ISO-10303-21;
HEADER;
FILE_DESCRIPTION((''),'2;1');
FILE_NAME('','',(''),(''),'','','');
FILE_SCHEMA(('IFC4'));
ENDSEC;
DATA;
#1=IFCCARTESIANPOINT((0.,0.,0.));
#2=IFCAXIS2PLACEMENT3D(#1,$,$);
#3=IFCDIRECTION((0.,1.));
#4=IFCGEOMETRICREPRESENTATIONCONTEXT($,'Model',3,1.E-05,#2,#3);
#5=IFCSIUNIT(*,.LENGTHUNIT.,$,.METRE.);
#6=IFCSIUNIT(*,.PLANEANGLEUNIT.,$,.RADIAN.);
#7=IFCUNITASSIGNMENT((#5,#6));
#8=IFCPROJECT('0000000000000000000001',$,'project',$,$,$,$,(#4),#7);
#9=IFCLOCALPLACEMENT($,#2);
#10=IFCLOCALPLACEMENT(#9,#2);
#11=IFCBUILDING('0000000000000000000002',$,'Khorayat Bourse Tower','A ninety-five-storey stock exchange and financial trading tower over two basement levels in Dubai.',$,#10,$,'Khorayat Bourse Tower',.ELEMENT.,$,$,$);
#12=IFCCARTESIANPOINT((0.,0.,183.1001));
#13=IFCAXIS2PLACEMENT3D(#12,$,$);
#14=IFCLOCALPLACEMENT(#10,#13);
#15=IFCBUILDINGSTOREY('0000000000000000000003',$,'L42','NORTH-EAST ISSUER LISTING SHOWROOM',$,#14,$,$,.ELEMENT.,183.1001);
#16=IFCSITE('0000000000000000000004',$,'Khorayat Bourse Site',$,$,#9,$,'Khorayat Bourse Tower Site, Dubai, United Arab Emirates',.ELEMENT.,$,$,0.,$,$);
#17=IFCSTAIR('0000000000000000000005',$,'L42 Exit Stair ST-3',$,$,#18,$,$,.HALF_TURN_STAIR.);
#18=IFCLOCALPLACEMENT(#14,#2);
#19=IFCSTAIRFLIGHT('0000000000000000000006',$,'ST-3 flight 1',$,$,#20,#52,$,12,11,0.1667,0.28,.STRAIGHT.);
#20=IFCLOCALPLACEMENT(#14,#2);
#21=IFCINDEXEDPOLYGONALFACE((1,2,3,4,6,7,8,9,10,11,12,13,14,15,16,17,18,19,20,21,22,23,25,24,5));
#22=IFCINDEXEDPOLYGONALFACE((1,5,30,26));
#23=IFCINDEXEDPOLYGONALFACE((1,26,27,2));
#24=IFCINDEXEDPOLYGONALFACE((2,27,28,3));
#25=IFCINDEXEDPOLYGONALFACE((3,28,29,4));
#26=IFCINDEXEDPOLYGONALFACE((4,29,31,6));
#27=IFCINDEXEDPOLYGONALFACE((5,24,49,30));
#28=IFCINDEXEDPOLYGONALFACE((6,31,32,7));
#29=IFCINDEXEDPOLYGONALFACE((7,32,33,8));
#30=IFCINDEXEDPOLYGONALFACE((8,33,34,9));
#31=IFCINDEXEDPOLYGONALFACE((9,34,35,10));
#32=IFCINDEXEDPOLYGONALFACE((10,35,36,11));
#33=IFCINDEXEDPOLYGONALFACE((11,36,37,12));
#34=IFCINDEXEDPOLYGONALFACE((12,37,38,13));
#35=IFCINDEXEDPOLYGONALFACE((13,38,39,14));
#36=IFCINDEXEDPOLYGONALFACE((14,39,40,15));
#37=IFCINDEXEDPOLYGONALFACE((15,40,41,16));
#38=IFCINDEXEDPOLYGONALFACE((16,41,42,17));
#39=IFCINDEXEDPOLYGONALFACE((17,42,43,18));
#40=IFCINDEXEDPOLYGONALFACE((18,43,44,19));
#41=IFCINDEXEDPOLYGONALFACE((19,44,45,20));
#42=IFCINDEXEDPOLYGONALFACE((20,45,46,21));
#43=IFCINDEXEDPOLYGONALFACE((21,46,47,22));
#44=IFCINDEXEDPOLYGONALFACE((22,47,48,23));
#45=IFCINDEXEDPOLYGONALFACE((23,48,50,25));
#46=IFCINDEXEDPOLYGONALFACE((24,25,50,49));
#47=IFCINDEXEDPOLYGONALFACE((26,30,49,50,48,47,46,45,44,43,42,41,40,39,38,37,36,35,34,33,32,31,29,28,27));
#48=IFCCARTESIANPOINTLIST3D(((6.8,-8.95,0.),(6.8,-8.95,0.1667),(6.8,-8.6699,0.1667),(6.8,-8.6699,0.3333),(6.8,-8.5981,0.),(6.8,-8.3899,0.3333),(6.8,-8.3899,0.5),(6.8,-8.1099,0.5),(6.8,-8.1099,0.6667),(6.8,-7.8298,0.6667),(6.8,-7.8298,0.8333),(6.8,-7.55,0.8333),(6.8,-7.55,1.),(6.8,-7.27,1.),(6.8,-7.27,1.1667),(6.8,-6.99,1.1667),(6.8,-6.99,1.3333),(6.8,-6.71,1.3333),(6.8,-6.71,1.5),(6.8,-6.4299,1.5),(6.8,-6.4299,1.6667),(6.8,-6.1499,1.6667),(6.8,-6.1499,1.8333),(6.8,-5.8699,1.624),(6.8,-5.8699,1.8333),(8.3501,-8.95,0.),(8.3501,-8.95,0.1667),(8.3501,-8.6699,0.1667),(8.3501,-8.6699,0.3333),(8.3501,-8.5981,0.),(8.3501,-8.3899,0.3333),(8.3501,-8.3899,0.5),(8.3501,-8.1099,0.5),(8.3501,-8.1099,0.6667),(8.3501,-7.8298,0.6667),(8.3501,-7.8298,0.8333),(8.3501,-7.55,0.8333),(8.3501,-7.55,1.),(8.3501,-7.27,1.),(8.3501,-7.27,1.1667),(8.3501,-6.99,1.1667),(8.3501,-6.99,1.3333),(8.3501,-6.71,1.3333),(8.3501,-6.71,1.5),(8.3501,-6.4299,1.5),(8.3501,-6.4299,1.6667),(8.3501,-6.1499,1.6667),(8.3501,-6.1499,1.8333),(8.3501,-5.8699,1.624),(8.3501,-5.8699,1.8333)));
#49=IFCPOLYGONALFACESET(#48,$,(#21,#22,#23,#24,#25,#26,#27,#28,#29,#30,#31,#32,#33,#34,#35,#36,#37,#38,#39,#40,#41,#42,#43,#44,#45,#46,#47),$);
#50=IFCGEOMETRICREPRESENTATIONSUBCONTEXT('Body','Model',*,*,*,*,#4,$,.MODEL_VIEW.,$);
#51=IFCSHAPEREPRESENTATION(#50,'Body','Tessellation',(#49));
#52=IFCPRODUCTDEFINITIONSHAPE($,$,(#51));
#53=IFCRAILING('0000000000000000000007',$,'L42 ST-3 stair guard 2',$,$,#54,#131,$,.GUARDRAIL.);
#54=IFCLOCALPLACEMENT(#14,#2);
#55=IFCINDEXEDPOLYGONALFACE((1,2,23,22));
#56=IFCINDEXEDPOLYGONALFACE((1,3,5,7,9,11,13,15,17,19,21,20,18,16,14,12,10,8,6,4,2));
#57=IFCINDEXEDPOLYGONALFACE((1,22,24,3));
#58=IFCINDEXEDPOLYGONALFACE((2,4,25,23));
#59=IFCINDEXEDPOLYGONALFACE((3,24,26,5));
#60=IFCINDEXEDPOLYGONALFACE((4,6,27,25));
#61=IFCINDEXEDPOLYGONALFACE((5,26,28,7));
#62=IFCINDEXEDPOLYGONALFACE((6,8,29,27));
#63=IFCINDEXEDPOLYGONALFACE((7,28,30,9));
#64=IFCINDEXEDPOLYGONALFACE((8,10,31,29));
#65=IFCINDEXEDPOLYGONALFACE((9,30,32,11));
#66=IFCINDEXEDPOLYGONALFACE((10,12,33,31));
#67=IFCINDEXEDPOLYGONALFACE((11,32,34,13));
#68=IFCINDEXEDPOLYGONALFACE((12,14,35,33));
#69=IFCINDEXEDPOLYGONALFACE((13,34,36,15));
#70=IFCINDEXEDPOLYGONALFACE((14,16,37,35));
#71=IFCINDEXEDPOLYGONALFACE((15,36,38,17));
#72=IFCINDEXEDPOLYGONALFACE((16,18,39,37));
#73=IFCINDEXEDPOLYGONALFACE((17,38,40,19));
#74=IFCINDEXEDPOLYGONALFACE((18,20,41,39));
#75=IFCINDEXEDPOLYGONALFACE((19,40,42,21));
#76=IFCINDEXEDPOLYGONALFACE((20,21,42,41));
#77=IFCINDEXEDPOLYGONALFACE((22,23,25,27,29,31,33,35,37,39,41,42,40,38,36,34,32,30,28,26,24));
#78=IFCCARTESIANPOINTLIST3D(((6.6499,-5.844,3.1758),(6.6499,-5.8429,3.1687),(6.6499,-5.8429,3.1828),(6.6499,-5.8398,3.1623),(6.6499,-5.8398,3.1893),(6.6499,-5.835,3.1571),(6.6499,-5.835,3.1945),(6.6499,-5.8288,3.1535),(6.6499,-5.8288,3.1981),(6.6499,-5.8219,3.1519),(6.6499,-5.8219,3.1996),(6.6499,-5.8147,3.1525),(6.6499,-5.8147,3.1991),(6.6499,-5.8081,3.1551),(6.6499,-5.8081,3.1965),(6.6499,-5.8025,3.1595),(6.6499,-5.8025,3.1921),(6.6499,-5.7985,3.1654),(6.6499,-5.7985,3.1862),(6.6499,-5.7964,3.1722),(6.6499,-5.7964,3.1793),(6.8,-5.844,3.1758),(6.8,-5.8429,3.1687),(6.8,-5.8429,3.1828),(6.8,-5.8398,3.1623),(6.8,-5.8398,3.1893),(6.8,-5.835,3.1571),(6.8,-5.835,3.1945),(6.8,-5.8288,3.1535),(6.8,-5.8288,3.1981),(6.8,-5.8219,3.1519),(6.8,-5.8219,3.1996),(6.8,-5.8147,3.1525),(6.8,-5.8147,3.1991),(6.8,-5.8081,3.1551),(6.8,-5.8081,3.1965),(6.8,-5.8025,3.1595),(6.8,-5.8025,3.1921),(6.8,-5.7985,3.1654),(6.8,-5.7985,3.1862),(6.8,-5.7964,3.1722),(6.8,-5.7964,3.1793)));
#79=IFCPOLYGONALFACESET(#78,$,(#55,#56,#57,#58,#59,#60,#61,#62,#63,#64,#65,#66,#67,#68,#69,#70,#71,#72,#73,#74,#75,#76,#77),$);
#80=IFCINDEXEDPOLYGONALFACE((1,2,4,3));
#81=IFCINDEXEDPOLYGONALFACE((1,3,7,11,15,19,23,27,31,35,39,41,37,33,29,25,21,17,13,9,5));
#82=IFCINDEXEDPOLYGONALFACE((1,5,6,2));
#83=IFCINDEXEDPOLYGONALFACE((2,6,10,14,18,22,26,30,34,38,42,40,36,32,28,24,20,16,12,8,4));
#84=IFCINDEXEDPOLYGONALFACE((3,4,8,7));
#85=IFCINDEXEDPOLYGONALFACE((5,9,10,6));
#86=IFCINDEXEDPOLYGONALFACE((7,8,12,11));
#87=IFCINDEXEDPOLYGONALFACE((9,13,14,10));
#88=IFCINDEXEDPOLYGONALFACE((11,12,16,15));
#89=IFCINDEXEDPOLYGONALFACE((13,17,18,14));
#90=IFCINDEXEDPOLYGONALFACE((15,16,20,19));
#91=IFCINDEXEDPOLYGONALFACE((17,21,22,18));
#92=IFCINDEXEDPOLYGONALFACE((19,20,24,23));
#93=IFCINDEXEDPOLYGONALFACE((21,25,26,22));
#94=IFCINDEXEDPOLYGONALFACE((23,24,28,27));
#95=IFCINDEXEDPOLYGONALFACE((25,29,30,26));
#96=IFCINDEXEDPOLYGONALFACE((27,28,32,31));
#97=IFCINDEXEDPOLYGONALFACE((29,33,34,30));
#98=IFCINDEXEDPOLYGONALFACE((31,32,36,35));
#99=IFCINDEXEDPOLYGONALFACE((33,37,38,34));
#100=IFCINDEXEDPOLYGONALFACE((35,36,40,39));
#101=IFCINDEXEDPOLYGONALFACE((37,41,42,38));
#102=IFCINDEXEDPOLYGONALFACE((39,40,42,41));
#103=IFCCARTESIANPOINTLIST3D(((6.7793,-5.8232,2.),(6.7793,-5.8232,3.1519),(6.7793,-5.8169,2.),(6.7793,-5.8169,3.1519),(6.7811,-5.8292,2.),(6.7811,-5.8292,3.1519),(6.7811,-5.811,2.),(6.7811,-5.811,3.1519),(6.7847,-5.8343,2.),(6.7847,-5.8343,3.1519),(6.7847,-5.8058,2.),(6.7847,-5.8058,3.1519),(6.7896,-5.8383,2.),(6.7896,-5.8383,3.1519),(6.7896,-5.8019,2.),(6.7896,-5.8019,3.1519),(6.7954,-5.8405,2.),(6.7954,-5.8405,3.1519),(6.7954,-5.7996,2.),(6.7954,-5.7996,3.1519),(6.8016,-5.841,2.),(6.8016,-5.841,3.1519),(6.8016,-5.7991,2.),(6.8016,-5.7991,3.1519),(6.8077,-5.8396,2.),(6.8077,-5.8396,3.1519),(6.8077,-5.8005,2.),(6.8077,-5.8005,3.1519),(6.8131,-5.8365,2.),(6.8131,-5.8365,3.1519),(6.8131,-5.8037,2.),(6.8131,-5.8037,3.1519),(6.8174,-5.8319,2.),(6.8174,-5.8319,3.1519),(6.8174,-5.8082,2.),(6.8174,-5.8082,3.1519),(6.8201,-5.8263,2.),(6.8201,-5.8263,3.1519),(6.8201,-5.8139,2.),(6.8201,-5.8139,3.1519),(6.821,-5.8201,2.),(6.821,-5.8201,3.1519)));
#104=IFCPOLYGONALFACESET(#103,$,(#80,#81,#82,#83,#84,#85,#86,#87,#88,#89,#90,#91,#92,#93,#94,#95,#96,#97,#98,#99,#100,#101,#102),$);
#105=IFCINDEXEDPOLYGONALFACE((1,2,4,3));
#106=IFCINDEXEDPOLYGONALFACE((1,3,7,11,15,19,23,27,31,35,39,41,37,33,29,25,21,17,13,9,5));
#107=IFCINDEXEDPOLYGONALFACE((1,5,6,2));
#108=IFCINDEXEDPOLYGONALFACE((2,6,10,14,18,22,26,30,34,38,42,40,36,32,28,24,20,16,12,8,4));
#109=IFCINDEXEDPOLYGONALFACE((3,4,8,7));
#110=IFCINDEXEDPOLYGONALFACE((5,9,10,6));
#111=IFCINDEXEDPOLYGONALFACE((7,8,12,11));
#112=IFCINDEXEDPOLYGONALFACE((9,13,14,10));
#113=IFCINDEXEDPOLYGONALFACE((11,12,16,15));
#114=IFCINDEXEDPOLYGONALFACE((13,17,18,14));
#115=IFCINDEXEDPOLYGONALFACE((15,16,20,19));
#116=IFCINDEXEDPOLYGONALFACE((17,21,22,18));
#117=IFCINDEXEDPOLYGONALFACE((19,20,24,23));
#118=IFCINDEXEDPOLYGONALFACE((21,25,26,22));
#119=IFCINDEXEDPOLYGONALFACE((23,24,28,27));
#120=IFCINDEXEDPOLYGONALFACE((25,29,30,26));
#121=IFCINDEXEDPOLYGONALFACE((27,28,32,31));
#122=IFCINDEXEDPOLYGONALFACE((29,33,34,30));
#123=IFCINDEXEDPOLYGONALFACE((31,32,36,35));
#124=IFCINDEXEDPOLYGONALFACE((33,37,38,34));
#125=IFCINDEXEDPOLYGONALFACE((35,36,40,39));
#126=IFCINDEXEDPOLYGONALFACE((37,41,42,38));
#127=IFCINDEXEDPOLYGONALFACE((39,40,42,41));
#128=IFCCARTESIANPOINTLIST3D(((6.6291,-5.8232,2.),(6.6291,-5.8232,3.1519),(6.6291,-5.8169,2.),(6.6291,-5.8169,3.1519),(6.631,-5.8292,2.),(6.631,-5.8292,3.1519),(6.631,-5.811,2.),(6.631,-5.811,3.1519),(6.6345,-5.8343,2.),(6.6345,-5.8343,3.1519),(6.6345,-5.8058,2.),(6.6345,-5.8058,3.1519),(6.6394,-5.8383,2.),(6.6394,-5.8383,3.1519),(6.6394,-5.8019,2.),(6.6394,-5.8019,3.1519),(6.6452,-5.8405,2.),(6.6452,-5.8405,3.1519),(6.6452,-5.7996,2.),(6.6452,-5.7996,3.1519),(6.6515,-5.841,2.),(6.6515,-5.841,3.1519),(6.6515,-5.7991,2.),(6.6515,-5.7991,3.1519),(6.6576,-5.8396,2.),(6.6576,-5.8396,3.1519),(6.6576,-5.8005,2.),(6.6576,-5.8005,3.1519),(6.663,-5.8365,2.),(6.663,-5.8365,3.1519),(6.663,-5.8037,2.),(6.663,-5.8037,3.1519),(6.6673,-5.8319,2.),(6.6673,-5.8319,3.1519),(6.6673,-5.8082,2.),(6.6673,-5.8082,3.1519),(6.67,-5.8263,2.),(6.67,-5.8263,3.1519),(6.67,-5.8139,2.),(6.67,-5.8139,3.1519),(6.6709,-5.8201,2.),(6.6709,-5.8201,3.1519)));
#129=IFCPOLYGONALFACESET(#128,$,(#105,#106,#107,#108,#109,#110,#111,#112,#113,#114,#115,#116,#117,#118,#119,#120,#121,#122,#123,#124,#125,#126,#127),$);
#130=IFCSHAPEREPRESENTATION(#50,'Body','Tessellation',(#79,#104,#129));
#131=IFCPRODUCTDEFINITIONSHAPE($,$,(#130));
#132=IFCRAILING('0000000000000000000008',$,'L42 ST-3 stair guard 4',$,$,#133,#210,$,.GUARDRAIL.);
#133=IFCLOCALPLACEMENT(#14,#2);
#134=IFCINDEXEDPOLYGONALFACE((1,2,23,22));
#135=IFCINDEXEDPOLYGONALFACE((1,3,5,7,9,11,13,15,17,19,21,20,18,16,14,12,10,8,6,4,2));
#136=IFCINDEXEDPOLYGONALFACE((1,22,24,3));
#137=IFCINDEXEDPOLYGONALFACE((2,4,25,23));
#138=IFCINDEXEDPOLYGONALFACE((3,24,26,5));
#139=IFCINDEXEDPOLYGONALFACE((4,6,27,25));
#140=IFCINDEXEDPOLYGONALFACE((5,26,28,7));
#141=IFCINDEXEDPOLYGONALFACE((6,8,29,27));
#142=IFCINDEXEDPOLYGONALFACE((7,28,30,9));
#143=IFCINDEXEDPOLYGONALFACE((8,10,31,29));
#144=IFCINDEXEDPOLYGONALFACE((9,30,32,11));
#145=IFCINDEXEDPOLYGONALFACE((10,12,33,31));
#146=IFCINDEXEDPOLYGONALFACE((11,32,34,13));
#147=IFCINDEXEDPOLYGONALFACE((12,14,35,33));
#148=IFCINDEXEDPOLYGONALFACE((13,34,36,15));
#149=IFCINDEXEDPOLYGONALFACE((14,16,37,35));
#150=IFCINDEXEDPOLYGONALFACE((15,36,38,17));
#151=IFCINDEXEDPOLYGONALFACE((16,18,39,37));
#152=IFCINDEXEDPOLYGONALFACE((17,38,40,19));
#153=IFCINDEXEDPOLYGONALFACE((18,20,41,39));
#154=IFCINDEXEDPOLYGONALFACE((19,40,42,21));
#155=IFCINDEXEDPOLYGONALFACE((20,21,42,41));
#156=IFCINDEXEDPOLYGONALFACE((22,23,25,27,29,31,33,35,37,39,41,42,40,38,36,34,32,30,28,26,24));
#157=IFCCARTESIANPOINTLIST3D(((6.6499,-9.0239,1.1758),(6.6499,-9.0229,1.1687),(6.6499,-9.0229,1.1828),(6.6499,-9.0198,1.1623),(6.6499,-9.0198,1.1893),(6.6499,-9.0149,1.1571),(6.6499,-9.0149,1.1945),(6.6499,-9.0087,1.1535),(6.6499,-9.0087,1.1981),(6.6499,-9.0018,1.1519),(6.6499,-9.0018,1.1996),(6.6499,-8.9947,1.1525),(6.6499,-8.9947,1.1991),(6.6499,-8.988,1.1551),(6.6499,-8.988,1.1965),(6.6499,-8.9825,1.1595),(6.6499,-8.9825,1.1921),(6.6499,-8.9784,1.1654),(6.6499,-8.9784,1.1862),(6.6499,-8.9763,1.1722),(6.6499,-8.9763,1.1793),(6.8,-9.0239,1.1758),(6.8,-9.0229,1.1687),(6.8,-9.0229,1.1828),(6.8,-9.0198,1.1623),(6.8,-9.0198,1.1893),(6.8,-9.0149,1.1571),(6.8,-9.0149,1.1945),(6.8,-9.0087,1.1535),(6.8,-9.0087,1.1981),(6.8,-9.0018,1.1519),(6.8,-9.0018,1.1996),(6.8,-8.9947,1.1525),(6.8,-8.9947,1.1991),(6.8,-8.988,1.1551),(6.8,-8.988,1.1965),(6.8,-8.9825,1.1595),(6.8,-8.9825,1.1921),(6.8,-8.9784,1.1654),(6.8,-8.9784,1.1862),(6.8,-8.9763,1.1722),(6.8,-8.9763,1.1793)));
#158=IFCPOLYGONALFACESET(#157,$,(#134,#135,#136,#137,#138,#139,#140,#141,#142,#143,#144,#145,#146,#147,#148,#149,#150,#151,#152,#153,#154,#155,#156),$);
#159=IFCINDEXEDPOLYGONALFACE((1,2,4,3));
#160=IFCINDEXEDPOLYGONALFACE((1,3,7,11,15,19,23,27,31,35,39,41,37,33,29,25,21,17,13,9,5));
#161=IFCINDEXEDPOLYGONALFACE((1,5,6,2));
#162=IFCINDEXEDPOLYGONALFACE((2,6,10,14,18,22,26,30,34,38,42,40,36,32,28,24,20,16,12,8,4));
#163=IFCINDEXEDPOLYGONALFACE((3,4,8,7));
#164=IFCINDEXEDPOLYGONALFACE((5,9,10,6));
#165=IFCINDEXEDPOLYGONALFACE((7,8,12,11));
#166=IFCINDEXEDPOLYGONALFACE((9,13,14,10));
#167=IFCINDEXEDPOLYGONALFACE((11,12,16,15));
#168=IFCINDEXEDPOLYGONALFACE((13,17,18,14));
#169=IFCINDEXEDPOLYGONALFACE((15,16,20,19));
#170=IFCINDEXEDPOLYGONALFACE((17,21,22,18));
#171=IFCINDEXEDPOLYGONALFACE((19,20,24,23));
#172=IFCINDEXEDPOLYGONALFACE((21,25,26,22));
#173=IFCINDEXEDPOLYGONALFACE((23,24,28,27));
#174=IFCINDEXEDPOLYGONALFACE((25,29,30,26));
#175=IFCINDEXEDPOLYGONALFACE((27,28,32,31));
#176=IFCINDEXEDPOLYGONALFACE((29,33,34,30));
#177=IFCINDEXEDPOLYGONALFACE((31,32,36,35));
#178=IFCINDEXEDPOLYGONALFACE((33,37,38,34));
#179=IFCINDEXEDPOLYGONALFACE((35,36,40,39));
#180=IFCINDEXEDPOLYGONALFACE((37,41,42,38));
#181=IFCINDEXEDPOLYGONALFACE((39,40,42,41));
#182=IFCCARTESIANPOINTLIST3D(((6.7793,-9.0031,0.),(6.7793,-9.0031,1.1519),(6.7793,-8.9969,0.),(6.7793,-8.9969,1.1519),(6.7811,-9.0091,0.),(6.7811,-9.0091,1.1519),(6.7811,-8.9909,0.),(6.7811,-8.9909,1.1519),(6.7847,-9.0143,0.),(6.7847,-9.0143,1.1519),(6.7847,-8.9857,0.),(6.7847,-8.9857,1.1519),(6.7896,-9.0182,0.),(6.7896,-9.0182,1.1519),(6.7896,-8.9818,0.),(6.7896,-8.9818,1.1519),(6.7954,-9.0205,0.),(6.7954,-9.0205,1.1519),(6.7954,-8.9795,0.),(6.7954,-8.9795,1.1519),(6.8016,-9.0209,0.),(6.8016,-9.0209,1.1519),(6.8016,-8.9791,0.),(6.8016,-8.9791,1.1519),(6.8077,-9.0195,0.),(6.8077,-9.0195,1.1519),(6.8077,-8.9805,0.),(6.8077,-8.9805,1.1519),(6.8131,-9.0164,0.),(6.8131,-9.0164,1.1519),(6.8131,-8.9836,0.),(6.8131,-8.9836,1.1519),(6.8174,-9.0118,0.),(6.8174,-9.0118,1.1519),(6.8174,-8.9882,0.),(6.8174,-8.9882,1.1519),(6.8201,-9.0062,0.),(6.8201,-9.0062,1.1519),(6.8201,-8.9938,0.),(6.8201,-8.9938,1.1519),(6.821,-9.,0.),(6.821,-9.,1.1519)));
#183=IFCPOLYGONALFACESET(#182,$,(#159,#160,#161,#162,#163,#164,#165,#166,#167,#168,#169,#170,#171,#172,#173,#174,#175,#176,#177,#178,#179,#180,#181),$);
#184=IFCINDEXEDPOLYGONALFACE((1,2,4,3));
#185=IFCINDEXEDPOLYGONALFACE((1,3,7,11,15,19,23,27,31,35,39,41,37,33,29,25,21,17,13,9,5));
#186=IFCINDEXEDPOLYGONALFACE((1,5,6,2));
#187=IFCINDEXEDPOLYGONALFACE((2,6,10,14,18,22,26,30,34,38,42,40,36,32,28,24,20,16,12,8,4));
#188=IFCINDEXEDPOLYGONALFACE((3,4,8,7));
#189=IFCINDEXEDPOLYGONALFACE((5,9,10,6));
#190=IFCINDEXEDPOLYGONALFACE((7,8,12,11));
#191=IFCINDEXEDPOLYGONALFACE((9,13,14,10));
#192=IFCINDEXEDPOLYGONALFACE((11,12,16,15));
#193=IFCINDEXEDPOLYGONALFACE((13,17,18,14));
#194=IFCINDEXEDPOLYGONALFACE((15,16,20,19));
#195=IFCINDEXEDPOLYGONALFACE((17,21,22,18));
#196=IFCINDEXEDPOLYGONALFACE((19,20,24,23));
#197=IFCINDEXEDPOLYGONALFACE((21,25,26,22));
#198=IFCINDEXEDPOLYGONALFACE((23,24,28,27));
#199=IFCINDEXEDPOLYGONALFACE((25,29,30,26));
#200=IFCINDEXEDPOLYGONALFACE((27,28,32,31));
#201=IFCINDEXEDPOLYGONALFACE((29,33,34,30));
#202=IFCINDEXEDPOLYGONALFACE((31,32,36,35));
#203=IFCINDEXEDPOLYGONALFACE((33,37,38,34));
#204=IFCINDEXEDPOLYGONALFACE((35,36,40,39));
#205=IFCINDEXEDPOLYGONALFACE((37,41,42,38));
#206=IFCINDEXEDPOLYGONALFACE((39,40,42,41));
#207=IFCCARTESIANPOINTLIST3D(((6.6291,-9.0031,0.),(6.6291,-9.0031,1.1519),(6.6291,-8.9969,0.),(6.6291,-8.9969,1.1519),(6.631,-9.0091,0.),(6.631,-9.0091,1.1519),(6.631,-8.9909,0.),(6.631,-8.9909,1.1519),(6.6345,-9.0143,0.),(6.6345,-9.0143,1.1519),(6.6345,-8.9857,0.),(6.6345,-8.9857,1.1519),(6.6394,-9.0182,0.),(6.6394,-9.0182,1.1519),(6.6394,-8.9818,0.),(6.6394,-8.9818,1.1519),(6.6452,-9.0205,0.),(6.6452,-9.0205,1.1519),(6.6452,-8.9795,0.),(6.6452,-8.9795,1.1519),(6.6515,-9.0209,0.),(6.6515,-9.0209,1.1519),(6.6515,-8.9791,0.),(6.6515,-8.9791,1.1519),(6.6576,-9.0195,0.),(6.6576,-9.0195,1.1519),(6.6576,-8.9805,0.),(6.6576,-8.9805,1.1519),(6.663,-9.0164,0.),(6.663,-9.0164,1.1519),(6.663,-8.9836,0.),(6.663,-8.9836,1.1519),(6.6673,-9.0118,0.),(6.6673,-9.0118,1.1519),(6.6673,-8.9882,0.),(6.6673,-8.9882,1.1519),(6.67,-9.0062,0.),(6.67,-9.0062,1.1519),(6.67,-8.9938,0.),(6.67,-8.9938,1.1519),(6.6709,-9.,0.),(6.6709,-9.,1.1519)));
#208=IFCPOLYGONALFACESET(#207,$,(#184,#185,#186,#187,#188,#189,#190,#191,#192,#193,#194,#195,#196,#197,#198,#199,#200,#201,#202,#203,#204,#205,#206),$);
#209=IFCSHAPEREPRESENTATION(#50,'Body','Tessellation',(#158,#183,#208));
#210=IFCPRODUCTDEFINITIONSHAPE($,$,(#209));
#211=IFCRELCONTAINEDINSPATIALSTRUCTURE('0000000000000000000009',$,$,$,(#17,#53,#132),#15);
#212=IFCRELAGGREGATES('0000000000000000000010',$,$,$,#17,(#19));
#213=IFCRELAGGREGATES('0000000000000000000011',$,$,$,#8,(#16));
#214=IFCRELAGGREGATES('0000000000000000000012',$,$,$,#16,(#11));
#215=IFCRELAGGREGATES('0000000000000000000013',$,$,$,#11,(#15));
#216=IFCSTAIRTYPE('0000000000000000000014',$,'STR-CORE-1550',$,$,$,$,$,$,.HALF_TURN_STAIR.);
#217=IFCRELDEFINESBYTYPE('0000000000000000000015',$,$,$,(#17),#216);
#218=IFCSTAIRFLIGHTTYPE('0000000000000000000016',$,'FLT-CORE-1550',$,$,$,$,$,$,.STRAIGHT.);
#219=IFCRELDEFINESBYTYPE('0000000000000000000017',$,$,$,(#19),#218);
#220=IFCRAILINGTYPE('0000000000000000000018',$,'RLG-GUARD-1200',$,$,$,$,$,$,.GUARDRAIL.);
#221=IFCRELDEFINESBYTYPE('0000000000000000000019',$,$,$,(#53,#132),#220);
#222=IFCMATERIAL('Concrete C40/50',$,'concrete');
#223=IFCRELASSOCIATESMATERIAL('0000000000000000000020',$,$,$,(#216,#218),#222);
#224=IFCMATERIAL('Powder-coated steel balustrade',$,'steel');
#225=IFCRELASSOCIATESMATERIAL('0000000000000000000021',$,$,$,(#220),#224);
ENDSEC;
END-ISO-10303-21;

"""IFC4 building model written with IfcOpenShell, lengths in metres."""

from ifc_helpers import new_model, si_unit, direction, frame, origin, origin_2d, place, context, subcontext, project, spatial, polyline, circle, outline, extrude, source, transform, mapped, material, type_object, element, aggregate, save


model = new_model("IFC4")

# Units and contexts
model_context = context("Model", 3, precision=1e-05, world=origin(), true_north=direction((0.0, 1.0)))
body_context = subcontext(model_context, "Body", "Model", "MODEL_VIEW")
ifc_project = project(units=[si_unit("LENGTHUNIT", "METRE"), si_unit("PLANEANGLEUNIT", "RADIAN")], contexts=[model_context])

# Site, building, storey
site_placement = place(None, origin())
site = spatial("IfcSite", under=ifc_project, at=site_placement, Name="Khorayat Bourse Site", LongName="Khorayat Bourse Tower Site, Dubai, United Arab Emirates", CompositionType="ELEMENT", RefElevation=0.0)
building_placement = place(site_placement, origin())
building = spatial("IfcBuilding", under=site, at=building_placement, Name="Khorayat Bourse Tower", Description="A ninety-five-storey stock exchange and financial trading tower over two basement levels in Dubai.", LongName="Khorayat Bourse Tower", CompositionType="ELEMENT")
storey_placement = place(building_placement, frame((0.0, 0.0, 183.1001)))
storey = spatial("IfcBuildingStorey", under=building, at=storey_placement, Name="L42", Description="NORTH-EAST ISSUER LISTING SHOWROOM", CompositionType="ELEMENT", Elevation=183.1001)

# Stair, stair flight
ifc_material_1 = material(Name="Concrete C40/50", Category="concrete")
stair_type = type_object("IfcStairType", Name="STR-CORE-1550", PredefinedType="HALF_TURN_STAIR", material=ifc_material_1)
stair_placement = place(storey_placement, origin())
stair = element("IfcStair", 1, at=stair_placement, inside=storey, type_object=stair_type, Name="L42 Exit Stair ST-3", PredefinedType="HALF_TURN_STAIR")
stair_flight_type = type_object("IfcStairFlightType", Name="FLT-CORE-1550", PredefinedType="STRAIGHT", material=ifc_material_1)
shared_shape_1 = source(origin(), body_context, "Body", "SweptSolid", [
    extrude(outline(polyline([(0.0, 0.0), (0.0, 0.1667), (0.28, 0.1667), (0.28, 0.3333), (0.5601, 0.3333), (0.5601, 0.5), (0.8401, 0.5), (0.8401, 0.6667), (1.1201, 0.6667), (1.1201, 0.8333), (1.3999, 0.8333), (1.3999, 1.0), (1.6799, 1.0), (1.6799, 1.1667), (1.96, 1.1667), (1.96, 1.3333), (2.24, 1.3333), (2.24, 1.5), (2.52, 1.5), (2.52, 1.6667), (2.8, 1.6667), (2.8, 1.8333), (3.0801, 1.8333), (3.0801, 2.0), (3.0801, 1.624), (0.3518, 0.0), (0.0, 0.0)])), frame((0.0, 0.7749, 0.0), z_axis=(0.0, -1.0, 0.0), x_axis=(1.0, 0.0, 0.0)), (0.0, 0.0, 1.0), 1.55),
])
stair_flight_placement = place(storey_placement, frame((7.575, -8.95, 0.0), z_axis=(0.0, 0.0, 1.0), x_axis=(0.0, 1.0, 0.0)))
stair_flight = element("IfcStairFlight", 2, at=stair_flight_placement, type_object=stair_flight_type, Name="ST-3 flight 1", NumberOfRisers=12, NumberOfTreads=11, PredefinedType="STRAIGHT", RiserHeight=0.1667, TreadLength=0.28, context=body_context, shape_type="MappedRepresentation", body=[
    mapped(shared_shape_1, transform((0.0, 0.0, 0.0), scale=1.0)),
])
aggregate(stair, [stair_flight])

# Railings
ifc_material_2 = material(Name="Powder-coated steel balustrade", Category="steel")
railing_type_1 = type_object("IfcRailingType", Name="RLG-GUARD-1200", PredefinedType="GUARDRAIL", material=ifc_material_2)
shared_shape_2 = source(origin(), body_context, "Body", "SweptSolid", [
    extrude(circle(Radius=0.0239, at=origin_2d()), frame((0.0, 0.0, 1.1758), z_axis=(-1.0, 0.0, 0.0), x_axis=(0.0, -1.0, 0.0)), (0.0, 0.0, 1.0), 0.1501),
    extrude(circle(Radius=0.021, at=origin_2d()), origin(), (0.0, 0.0, 1.0), 1.1519),
    extrude(circle(Radius=0.021, at=origin_2d()), frame((-0.1501, 0.0, 0.0)), (0.0, 0.0, 1.0), 1.1519),
])
for number, where, name in (
    (3, (6.8, -5.8201, 2.0), "L42 ST-3 stair guard 2"),
    (4, (6.8, -9.0, 0.0), "L42 ST-3 stair guard 4"),
):
    element("IfcRailing", number, at=place(storey_placement, frame(where)), inside=storey, type_object=railing_type_1, Name=name, PredefinedType="GUARDRAIL", context=body_context, shape_type="MappedRepresentation", body=[
        mapped(shared_shape_2, transform((0.0, 0.0, 0.0), scale=1.0)),
    ])

save(model, "model.ifc")
